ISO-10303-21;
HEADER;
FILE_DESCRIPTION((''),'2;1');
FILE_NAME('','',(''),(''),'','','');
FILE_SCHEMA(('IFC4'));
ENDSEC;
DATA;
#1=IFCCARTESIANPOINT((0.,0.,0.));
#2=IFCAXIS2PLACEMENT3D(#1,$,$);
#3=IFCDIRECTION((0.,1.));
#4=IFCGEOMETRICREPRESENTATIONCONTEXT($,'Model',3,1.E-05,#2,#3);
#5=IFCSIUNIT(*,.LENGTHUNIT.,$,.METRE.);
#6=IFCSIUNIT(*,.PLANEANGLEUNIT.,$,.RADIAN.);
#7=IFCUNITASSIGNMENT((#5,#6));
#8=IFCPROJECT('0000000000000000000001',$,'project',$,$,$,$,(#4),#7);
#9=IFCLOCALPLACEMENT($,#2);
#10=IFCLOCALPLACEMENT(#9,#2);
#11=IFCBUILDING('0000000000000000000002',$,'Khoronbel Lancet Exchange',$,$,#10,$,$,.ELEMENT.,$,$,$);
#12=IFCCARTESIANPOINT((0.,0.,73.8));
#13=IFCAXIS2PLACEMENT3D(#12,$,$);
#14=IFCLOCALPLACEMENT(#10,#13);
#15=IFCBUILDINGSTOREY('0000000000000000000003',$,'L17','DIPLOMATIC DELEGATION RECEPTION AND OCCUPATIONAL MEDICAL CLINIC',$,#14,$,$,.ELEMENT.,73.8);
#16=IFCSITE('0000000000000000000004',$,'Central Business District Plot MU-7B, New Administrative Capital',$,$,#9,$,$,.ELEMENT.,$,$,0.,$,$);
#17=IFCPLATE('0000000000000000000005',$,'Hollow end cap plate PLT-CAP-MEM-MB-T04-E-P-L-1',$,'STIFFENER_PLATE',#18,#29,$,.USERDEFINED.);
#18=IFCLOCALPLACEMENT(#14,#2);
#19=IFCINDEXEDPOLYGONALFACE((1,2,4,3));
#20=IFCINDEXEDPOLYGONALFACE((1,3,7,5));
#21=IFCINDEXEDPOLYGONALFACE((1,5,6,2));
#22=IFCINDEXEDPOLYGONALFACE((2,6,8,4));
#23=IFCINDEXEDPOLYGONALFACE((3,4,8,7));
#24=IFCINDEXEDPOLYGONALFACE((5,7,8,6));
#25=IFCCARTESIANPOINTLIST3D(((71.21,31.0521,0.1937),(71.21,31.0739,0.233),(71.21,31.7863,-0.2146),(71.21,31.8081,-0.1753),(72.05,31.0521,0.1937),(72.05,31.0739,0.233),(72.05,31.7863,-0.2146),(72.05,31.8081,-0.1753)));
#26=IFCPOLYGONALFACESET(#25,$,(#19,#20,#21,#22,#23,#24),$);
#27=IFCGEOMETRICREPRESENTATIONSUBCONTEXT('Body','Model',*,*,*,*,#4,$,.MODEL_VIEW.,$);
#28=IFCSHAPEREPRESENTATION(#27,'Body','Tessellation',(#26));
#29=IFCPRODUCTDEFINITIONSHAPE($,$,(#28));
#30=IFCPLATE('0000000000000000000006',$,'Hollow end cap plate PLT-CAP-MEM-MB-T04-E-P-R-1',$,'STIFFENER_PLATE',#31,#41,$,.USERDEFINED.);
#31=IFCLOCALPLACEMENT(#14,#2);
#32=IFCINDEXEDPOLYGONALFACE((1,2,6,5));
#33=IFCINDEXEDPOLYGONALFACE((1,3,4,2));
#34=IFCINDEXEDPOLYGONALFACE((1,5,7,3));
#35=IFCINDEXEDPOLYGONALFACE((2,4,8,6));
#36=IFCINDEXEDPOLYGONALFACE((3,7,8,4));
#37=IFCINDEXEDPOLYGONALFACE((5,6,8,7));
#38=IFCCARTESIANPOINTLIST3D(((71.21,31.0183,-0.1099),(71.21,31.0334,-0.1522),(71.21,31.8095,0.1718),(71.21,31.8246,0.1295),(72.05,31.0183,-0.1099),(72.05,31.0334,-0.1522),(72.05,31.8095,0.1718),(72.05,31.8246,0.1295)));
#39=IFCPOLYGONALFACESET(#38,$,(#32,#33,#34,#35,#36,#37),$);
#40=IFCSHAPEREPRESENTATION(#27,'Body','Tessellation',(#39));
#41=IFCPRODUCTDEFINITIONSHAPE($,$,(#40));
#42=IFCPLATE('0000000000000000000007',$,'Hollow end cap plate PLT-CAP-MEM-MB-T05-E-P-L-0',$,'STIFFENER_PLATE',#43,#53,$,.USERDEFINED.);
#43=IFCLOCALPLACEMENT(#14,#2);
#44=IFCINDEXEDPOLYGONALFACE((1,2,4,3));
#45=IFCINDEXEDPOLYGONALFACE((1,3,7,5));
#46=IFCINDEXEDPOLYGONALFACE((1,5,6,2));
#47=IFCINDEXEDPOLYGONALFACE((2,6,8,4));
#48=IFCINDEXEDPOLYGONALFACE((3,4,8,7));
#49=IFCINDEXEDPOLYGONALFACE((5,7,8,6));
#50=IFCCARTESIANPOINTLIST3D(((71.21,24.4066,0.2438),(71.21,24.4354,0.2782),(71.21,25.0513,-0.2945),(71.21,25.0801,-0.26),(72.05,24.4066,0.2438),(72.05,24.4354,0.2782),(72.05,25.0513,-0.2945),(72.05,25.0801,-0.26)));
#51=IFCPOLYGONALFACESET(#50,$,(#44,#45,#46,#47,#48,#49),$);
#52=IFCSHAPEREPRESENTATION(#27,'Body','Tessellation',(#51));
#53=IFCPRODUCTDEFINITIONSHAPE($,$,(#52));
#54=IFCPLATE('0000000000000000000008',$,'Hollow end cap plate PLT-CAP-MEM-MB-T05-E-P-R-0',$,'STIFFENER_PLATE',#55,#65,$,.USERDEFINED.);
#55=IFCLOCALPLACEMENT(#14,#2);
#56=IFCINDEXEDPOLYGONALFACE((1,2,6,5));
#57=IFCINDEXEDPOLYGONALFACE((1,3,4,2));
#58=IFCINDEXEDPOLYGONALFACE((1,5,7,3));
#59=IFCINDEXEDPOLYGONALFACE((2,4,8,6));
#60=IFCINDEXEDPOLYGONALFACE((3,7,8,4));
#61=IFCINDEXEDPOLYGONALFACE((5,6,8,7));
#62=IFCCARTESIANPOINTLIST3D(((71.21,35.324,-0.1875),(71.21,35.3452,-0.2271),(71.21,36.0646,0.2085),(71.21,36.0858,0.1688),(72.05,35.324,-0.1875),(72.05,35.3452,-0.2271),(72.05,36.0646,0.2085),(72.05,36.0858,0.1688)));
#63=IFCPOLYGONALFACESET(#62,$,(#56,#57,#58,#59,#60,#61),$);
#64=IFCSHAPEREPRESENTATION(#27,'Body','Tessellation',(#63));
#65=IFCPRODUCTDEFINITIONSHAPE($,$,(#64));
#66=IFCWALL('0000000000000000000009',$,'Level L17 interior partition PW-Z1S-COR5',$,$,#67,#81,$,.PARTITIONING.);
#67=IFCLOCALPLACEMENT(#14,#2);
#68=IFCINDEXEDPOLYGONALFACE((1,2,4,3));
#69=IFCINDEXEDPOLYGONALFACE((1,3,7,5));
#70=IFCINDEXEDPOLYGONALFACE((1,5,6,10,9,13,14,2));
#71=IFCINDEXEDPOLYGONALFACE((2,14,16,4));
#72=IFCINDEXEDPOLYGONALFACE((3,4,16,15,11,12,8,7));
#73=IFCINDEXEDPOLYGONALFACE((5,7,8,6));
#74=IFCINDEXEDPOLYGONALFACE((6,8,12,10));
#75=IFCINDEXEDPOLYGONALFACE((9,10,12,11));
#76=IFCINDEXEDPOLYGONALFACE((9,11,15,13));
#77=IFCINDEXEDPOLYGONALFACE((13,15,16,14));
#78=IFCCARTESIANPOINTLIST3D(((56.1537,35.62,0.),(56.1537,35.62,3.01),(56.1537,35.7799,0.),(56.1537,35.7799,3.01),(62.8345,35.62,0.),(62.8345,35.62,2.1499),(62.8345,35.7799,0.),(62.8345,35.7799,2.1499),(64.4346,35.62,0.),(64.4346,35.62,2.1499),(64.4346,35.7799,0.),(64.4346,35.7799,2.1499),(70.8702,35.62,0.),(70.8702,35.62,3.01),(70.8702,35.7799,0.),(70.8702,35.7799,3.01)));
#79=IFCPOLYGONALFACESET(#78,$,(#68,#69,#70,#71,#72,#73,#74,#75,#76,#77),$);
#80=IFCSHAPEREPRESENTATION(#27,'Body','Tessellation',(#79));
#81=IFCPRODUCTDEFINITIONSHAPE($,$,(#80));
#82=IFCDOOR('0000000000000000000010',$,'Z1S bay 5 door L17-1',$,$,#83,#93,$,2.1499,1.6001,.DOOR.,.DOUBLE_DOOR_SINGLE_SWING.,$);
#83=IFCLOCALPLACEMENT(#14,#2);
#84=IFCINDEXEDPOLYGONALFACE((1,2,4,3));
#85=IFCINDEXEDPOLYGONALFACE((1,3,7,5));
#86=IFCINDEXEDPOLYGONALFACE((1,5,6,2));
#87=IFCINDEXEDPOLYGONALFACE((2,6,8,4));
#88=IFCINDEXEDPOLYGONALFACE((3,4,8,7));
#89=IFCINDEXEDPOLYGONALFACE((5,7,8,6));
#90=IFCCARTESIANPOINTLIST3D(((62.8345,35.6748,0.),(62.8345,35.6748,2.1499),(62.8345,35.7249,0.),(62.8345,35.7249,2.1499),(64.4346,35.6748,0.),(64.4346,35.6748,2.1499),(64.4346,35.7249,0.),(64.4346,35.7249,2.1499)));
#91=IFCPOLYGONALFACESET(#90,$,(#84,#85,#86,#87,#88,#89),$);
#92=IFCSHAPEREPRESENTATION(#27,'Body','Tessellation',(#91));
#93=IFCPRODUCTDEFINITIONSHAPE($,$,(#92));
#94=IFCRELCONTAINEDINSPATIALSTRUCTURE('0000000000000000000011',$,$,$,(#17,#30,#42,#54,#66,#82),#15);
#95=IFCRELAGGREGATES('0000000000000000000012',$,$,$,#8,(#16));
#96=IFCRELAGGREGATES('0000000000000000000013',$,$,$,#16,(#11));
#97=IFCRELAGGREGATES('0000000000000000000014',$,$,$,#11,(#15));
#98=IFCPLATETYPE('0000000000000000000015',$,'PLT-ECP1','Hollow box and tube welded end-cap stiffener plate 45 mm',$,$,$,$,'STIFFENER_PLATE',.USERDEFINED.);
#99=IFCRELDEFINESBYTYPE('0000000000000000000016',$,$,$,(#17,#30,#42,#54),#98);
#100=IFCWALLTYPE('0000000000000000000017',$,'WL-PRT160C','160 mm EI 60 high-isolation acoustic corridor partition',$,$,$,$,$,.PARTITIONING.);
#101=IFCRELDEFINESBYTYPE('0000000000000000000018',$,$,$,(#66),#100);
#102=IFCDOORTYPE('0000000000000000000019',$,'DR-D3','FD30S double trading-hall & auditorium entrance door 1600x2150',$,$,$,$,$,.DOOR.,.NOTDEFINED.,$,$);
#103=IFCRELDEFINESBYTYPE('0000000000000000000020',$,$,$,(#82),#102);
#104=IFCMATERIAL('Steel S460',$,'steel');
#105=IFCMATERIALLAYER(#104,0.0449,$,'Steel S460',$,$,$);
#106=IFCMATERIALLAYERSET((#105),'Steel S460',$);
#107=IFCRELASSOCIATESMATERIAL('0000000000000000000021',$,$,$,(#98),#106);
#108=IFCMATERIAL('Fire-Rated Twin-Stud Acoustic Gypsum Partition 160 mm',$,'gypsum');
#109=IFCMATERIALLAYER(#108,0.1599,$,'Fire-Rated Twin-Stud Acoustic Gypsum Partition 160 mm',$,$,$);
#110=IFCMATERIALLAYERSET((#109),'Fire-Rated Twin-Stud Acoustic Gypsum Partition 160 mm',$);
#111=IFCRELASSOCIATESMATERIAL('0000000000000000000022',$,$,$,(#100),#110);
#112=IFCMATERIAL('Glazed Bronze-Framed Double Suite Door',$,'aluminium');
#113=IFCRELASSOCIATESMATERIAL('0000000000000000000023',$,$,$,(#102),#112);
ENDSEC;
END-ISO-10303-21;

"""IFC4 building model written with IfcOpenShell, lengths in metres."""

from ifc_helpers import new_model, si_unit, direction, frame, frame_2d, origin, place, context, subcontext, project, spatial, polyline, rectangle, outline, extrude, material, layer, layer_set, type_object, element, fill, save


model = new_model("IFC4")

# Units and contexts
model_context = context("Model", 3, precision=1e-05, world=origin(), true_north=direction((0.0, 1.0)))
body_context = subcontext(model_context, "Body", "Model", "MODEL_VIEW")
ifc_project = project(units=[si_unit("LENGTHUNIT", "METRE"), si_unit("PLANEANGLEUNIT", "RADIAN")], contexts=[model_context])

# Site, building, storey
site_placement = place(None, origin())
site = spatial("IfcSite", under=ifc_project, at=site_placement, Name="Central Business District Plot MU-7B, New Administrative Capital", CompositionType="ELEMENT", RefElevation=0.0)
building_placement = place(site_placement, origin())
building = spatial("IfcBuilding", under=site, at=building_placement, Name="Khoronbel Lancet Exchange", CompositionType="ELEMENT")
storey_placement = place(building_placement, frame((0.0, 0.0, 73.8)))
storey = spatial("IfcBuildingStorey", under=building, at=storey_placement, Name="L17", Description="DIPLOMATIC DELEGATION RECEPTION AND OCCUPATIONAL MEDICAL CLINIC", CompositionType="ELEMENT", Elevation=73.8)

# Shared definitions
ifc_material_1 = material(Name="Steel S460", Category="steel")

# Plates
ifc_layer_1 = layer(ifc_material_1, 0.0449, Name="Steel S460")
ifc_layer_set_1 = layer_set([ifc_layer_1], Name="Steel S460")
plate_type_1 = type_object("IfcPlateType", Name="PLT-ECP1", Description="Hollow box and tube welded end-cap stiffener plate 45 mm", ElementType="STIFFENER_PLATE", PredefinedType="USERDEFINED", material=ifc_layer_set_1)
plate_1_placement = place(storey_placement, frame((72.05, 31.8081, -0.1753), z_axis=(0.0, 0.485964, 0.873979), x_axis=(-1.0, 0.0, 0.0)))
element("IfcPlate", 1, at=plate_1_placement, inside=storey, type_object=plate_type_1, Name="Hollow end cap plate PLT-CAP-MEM-MB-T04-E-P-L-1", ObjectType="STIFFENER_PLATE", PredefinedType="USERDEFINED", context=body_context, shape_type="SweptSolid", body=[
    extrude(outline(polyline([(0.0, 0.0), (0.8401, 0.0), (0.8401, 0.8401), (0.0, 0.8401), (0.0, 0.0)])), origin(), (0.0, 0.0, -1.0), 0.0449),
])
for number, where, z_axis, x_axis, name in (
    (2, (71.21, 31.0183, -0.1099), (0.0, -0.335434, 0.942064), (1.0, 0.0, 0.0), "Hollow end cap plate PLT-CAP-MEM-MB-T04-E-P-R-1"),
    (3, (72.05, 25.0801, -0.26), (0.0, 0.640899, 0.767625), (-1.0, 0.0, 0.0), "Hollow end cap plate PLT-CAP-MEM-MB-T05-E-P-L-0"),
    (4, (71.21, 35.324, -0.1875), (0.0, -0.471463, 0.881886), (1.0, 0.0, 0.0), "Hollow end cap plate PLT-CAP-MEM-MB-T05-E-P-R-0"),
):
    element("IfcPlate", number, at=place(storey_placement, frame(where, z_axis=z_axis, x_axis=x_axis)), inside=storey, type_object=plate_type_1, Name=name, ObjectType="STIFFENER_PLATE", PredefinedType="USERDEFINED", context=body_context, shape_type="SweptSolid", body=[
        extrude(outline(polyline([(0.0, 0.0), (0.8401, 0.0), (0.8401, 0.8398), (0.0, 0.8398), (0.0, 0.0)])), origin(), (0.0, 0.0, -1.0), 0.0449),
    ])

# Wall, opening, door
ifc_material_2 = material(Name="Fire-Rated Twin-Stud Acoustic Gypsum Partition 160 mm", Category="gypsum")
ifc_layer_2 = layer(ifc_material_2, 0.1599, Name="Fire-Rated Twin-Stud Acoustic Gypsum Partition 160 mm")
ifc_layer_set_2 = layer_set([ifc_layer_2], Name="Fire-Rated Twin-Stud Acoustic Gypsum Partition 160 mm")
wall_type = type_object("IfcWallType", Name="WL-PRT160C", Description="160 mm EI 60 high-isolation acoustic corridor partition", PredefinedType="PARTITIONING", material=ifc_layer_set_2)
wall_placement = place(storey_placement, frame((56.1536, 35.7, 0.0), z_axis=(0.0, 0.0, 1.0), x_axis=(1.0, 0.0, 0.0)))
wall = element("IfcWall", 5, at=wall_placement, inside=storey, type_object=wall_type, Name="Level L17 interior partition PW-Z1S-COR5", PredefinedType="PARTITIONING", context=body_context, shape_type="SweptSolid", body=[
    extrude(rectangle(XDim=14.7166, YDim=0.1599, at=frame_2d((7.3584, 0.0))), origin(), (0.0, 0.0, 1.0), 3.01),
])
opening_placement = place(wall_placement, frame((6.6809, 0.0, 0.0)))
opening = element("IfcOpeningElement", 6, at=opening_placement, cuts=wall, PredefinedType="OPENING", context=body_context, shape_type="SweptSolid", body=[
    extrude(rectangle(XDim=1.6001, YDim=2.1499, at=frame_2d((0.8, 1.075))), frame((0.0, 0.0898, 0.0), z_axis=(0.0, -1.0, 0.0), x_axis=(1.0, 0.0, 0.0)), (0.0, 0.0, 1.0), 0.1799),
])
ifc_material_3 = material(Name="Glazed Bronze-Framed Double Suite Door", Category="aluminium")
door_type = type_object("IfcDoorType", Name="DR-D3", Description="FD30S double trading-hall & auditorium entrance door 1600x2150", OperationType="NOTDEFINED", PredefinedType="DOOR", material=ifc_material_3)
door_placement = place(opening_placement, origin())
door = element("IfcDoor", 7, at=door_placement, inside=storey, type_object=door_type, Name="Z1S bay 5 door L17-1", OperationType="DOUBLE_DOOR_SINGLE_SWING", OverallHeight=2.1499, OverallWidth=1.6001, PredefinedType="DOOR", context=body_context, shape_type="SweptSolid", body=[
    extrude(rectangle(XDim=1.6001, YDim=2.1499, at=frame_2d((0.8, 1.075))), frame((0.0, 0.0249, 0.0), z_axis=(0.0, -1.0, 0.0), x_axis=(1.0, 0.0, 0.0)), (0.0, 0.0, 1.0), 0.05),
])
fill(opening, door)

save(model, "model.ifc")
